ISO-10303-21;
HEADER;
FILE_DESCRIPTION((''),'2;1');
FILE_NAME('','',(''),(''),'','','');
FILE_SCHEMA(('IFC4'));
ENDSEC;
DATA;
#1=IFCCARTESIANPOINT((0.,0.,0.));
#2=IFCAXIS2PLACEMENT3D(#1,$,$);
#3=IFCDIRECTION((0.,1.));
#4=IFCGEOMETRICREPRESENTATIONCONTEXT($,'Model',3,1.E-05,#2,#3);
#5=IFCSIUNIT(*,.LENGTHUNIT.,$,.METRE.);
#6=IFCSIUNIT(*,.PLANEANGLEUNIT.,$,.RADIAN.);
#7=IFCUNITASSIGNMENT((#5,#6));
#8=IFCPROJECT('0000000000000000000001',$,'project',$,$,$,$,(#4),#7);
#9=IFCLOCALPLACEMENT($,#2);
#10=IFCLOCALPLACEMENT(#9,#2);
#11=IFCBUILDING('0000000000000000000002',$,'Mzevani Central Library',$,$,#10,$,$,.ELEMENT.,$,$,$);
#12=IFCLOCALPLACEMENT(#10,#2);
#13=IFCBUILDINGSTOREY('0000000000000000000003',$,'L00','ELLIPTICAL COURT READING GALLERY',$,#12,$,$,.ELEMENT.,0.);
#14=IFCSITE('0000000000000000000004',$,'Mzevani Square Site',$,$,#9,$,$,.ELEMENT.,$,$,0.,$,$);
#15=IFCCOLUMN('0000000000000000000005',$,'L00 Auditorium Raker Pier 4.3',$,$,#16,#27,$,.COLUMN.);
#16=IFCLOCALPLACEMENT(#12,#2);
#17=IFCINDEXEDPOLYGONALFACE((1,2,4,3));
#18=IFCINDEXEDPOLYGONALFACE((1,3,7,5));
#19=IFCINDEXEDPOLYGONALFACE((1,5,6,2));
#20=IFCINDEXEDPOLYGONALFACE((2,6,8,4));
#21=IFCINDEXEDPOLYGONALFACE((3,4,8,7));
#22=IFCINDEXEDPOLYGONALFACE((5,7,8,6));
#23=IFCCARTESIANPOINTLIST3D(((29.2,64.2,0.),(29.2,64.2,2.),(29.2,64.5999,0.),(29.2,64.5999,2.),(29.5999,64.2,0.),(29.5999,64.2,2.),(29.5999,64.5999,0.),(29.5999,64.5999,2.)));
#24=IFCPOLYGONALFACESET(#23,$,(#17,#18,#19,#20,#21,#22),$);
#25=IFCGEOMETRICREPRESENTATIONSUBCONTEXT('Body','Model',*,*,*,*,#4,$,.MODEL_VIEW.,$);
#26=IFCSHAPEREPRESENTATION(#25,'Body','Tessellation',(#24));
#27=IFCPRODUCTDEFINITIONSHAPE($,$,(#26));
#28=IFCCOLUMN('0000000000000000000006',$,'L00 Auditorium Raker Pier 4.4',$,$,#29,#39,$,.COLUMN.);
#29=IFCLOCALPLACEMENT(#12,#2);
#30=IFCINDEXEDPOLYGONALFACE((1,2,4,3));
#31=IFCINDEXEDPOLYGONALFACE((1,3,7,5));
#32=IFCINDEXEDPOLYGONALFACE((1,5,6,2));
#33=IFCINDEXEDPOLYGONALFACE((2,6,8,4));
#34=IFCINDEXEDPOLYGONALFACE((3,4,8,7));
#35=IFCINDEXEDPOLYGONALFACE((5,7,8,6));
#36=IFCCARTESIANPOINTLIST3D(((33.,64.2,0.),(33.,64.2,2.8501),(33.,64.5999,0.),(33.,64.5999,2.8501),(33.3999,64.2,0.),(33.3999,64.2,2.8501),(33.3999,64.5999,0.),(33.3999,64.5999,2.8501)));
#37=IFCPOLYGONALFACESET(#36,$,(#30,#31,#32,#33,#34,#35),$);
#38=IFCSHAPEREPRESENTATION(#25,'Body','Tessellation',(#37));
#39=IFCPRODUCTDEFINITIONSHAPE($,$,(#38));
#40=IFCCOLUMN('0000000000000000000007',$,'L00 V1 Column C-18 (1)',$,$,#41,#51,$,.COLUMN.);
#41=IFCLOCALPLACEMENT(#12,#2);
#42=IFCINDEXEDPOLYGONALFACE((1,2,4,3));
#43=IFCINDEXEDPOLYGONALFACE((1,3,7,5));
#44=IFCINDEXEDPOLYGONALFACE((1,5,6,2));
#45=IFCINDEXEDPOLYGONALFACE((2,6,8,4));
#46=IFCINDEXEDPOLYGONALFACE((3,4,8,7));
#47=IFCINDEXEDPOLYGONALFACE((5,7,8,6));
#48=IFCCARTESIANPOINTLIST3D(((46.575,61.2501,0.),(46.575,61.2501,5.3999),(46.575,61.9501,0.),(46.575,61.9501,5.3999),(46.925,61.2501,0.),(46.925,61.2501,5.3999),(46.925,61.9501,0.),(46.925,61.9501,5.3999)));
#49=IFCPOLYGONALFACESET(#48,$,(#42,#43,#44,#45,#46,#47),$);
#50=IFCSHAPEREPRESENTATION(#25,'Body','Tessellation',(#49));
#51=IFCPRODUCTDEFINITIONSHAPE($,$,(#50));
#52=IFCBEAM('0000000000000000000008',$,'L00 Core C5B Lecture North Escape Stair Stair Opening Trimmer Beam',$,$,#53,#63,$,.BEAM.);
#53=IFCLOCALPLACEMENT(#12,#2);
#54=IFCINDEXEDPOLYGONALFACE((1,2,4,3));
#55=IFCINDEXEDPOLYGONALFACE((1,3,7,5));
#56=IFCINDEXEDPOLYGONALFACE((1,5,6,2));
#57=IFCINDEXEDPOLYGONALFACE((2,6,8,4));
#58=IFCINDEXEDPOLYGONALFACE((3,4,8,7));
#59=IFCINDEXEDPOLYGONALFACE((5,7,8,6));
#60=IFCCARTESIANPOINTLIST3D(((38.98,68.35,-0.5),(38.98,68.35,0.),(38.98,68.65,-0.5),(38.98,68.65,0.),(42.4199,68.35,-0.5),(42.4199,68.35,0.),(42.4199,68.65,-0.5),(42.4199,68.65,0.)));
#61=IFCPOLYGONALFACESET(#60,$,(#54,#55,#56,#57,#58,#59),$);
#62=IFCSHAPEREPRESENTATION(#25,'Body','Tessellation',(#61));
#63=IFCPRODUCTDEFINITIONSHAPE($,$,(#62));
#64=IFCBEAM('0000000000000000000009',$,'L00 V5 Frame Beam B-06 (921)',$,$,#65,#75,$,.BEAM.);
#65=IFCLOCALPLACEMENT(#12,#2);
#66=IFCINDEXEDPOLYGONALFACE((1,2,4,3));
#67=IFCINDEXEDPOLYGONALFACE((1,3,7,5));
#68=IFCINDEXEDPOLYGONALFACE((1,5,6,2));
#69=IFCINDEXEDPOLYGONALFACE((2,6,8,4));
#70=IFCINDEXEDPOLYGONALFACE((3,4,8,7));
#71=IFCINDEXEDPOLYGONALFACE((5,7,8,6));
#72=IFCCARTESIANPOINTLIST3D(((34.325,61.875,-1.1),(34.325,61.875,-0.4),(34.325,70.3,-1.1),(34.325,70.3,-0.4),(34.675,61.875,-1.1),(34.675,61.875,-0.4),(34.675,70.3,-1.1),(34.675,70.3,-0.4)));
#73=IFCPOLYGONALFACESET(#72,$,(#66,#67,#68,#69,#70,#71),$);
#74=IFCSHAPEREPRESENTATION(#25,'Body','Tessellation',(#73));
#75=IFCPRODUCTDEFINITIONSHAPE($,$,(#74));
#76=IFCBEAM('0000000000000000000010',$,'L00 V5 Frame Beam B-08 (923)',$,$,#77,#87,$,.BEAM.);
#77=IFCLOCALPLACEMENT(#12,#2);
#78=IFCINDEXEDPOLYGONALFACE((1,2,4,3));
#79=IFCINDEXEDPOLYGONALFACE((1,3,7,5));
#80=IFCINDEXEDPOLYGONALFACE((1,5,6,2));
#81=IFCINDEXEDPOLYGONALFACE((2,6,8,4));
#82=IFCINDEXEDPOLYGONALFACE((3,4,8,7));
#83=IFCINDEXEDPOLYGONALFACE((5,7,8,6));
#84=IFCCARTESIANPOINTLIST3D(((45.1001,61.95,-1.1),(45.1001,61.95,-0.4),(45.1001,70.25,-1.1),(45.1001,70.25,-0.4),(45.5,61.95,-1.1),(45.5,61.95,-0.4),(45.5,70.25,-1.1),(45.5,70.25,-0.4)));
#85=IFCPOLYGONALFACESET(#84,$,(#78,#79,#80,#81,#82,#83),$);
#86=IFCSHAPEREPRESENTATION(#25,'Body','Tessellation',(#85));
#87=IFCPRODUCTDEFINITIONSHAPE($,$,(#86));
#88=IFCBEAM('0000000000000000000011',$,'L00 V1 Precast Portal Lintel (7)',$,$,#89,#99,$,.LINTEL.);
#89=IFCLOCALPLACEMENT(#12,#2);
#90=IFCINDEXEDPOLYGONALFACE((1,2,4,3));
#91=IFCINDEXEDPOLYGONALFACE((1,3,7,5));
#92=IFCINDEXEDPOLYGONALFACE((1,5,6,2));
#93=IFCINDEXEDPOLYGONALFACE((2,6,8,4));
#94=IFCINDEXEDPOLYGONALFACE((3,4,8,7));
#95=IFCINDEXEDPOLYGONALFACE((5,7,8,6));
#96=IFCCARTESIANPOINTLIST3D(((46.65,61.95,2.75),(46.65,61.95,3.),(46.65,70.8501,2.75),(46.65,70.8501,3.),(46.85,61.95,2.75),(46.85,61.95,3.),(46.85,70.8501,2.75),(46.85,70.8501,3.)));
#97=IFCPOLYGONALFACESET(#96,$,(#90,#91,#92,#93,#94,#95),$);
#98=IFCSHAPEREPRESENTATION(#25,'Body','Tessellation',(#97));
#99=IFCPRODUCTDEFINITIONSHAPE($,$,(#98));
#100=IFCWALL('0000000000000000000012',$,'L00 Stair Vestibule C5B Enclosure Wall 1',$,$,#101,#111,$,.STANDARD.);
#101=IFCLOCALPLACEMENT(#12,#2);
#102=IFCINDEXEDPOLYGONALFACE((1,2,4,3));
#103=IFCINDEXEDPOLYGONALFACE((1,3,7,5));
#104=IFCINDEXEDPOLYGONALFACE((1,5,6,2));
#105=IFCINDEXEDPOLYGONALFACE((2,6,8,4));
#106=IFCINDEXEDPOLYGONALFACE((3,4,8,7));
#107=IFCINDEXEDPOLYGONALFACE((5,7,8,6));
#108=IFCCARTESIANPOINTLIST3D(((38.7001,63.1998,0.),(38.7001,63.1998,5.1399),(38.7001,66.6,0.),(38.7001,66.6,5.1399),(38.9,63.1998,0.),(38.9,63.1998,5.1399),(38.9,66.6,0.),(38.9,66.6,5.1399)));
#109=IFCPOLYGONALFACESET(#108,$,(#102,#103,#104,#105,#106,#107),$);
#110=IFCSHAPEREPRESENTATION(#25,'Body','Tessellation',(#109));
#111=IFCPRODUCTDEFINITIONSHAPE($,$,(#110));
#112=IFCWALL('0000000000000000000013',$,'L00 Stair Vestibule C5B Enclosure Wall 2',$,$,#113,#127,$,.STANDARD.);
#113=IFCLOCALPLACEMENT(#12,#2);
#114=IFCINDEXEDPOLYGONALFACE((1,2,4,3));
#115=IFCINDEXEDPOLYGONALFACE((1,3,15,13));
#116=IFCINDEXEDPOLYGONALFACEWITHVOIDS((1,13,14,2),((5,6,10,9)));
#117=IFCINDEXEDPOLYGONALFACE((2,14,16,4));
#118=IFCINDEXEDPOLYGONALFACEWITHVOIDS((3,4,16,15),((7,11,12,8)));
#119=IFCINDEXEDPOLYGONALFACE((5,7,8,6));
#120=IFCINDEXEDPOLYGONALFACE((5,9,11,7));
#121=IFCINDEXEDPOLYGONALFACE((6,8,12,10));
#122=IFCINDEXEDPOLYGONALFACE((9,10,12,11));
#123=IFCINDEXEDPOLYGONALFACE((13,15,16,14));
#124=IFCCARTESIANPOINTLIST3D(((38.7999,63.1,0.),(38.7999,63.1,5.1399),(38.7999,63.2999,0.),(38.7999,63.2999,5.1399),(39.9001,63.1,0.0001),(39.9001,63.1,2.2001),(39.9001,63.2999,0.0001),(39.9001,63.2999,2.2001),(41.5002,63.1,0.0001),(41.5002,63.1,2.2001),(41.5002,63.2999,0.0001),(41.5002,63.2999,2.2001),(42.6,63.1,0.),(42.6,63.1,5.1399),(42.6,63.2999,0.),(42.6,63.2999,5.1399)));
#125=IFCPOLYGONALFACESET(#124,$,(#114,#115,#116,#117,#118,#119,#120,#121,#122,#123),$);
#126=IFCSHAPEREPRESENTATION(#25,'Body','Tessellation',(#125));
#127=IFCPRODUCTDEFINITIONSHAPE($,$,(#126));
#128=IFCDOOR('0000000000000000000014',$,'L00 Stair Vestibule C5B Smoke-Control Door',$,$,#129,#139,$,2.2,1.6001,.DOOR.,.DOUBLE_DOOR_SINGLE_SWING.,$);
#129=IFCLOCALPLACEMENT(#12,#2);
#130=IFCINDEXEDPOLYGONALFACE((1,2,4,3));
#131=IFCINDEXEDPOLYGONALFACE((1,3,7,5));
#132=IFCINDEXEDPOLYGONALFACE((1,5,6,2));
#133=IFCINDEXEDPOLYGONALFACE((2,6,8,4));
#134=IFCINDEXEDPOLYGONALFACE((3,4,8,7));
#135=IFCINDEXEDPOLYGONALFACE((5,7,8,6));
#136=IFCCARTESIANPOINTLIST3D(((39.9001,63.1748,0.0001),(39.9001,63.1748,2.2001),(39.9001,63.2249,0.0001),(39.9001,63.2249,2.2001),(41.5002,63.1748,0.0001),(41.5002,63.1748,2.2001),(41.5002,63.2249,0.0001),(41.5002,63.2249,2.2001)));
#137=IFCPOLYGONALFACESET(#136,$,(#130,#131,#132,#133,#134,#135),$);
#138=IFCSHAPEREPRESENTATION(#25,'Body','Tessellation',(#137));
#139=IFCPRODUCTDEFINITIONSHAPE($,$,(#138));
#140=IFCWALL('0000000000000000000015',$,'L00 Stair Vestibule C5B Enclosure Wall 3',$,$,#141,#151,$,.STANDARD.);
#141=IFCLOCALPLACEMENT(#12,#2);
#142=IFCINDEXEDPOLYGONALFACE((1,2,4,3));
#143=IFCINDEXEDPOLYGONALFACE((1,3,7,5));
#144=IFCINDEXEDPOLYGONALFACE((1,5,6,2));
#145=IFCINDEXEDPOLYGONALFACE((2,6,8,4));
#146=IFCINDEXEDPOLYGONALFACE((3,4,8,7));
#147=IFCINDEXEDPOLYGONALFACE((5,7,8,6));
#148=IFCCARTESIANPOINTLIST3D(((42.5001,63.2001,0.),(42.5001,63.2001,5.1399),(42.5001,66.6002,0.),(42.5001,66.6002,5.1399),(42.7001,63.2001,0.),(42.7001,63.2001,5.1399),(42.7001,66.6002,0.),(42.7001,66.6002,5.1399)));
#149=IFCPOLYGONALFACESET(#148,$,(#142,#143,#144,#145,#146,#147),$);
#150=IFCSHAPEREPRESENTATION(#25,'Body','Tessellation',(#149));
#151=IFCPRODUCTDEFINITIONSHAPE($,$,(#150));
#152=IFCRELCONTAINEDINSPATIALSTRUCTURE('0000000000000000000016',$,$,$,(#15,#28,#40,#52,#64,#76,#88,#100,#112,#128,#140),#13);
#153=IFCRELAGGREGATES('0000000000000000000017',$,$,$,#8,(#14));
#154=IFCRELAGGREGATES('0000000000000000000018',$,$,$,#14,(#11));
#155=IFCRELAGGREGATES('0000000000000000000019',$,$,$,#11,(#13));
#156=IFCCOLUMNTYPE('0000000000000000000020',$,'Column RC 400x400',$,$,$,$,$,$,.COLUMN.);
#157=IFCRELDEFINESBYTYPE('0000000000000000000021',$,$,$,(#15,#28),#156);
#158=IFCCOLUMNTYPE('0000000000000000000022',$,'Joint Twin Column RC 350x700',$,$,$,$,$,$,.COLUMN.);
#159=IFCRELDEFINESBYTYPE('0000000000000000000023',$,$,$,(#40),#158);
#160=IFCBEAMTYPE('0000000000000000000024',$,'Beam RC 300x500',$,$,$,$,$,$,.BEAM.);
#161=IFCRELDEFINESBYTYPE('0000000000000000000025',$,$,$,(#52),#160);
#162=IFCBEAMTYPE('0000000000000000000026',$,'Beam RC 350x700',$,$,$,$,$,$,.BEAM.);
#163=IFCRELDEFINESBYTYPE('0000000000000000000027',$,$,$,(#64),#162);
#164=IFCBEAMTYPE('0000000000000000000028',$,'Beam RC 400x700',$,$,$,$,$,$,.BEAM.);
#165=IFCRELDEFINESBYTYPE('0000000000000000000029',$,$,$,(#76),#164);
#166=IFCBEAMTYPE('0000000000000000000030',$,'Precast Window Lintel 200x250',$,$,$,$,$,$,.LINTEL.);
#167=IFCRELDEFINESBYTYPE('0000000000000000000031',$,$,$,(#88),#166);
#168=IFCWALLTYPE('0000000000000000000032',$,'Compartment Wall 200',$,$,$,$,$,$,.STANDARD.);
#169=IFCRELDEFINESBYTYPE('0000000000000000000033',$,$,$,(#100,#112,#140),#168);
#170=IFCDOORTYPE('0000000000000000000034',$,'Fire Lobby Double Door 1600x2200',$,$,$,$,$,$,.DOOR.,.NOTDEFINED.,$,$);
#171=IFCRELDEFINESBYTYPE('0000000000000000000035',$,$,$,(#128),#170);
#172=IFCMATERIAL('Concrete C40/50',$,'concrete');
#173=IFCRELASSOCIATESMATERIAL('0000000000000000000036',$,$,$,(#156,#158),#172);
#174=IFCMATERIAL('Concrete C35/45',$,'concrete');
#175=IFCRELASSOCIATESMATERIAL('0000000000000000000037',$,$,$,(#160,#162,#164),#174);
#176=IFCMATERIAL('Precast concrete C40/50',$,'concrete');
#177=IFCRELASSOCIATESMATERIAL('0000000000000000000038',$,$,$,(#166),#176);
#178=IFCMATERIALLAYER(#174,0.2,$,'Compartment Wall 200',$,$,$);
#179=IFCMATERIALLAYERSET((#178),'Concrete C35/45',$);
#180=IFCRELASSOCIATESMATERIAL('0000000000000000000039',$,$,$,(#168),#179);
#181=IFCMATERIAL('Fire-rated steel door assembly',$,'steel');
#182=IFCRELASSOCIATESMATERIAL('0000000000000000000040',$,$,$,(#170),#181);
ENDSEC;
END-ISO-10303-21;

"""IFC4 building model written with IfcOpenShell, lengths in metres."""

from ifc_helpers import new_model, si_unit, direction, frame, frame_2d, origin, origin_2d, place, context, subcontext, project, spatial, rectangle, extrude, material, layer, layer_set, material_profile, profile_set, type_object, element, fill, save


model = new_model("IFC4")

# Units and contexts
model_context = context("Model", 3, precision=1e-05, world=origin(), true_north=direction((0.0, 1.0)))
body_context = subcontext(model_context, "Body", "Model", "MODEL_VIEW")
ifc_project = project(units=[si_unit("LENGTHUNIT", "METRE"), si_unit("PLANEANGLEUNIT", "RADIAN")], contexts=[model_context])

# Site, building, storey
site_placement = place(None, origin())
site = spatial("IfcSite", under=ifc_project, at=site_placement, Name="Mzevani Square Site", CompositionType="ELEMENT", RefElevation=0.0)
building_placement = place(site_placement, origin())
building = spatial("IfcBuilding", under=site, at=building_placement, Name="Mzevani Central Library", CompositionType="ELEMENT")
storey_placement = place(building_placement, origin())
storey = spatial("IfcBuildingStorey", under=building, at=storey_placement, Name="L00", Description="ELLIPTICAL COURT READING GALLERY", CompositionType="ELEMENT", Elevation=0.0)

# Columns
ifc_material_1 = material(Name="Concrete C40/50", Category="concrete")
ifc_material_profile_1 = material_profile(ifc_material_1, rectangle(XDim=0.3999, YDim=0.3999, at=origin_2d()), Name="RC 400x400")
ifc_profile_set_1 = profile_set([ifc_material_profile_1], Name="Concrete C40/50")
column_type_1 = type_object("IfcColumnType", Name="Column RC 400x400", PredefinedType="COLUMN", material=ifc_profile_set_1)
column_1_placement = place(storey_placement, frame((29.3999, 64.3999, 0.0), z_axis=(0.0, 0.0, 1.0), x_axis=(1.0, 0.0, 0.0)))
element("IfcColumn", 1, at=column_1_placement, inside=storey, type_object=column_type_1, Name="L00 Auditorium Raker Pier 4.3", PredefinedType="COLUMN", context=body_context, shape_type="SweptSolid", body=[
    extrude(rectangle(XDim=0.3999, YDim=0.3999, at=origin_2d()), origin(), (0.0, 0.0, 1.0), 2.0),
])
column_2_placement = place(storey_placement, frame((33.2, 64.3999, 0.0), z_axis=(0.0, 0.0, 1.0), x_axis=(1.0, 0.0, 0.0)))
element("IfcColumn", 2, at=column_2_placement, inside=storey, type_object=column_type_1, Name="L00 Auditorium Raker Pier 4.4", PredefinedType="COLUMN", context=body_context, shape_type="SweptSolid", body=[
    extrude(rectangle(XDim=0.3999, YDim=0.3999, at=origin_2d()), origin(), (0.0, 0.0, 1.0), 2.8501),
])
ifc_material_profile_2 = material_profile(ifc_material_1, rectangle(XDim=0.3501, YDim=0.7, at=origin_2d()), Name="RC 350x700")
ifc_profile_set_2 = profile_set([ifc_material_profile_2], Name="Concrete C40/50")
column_type_2 = type_object("IfcColumnType", Name="Joint Twin Column RC 350x700", PredefinedType="COLUMN", material=ifc_profile_set_2)
column_3_placement = place(storey_placement, frame((46.75, 61.6001, 0.0), z_axis=(0.0, 0.0, 1.0), x_axis=(1.0, 0.0, 0.0)))
element("IfcColumn", 3, at=column_3_placement, inside=storey, type_object=column_type_2, Name="L00 V1 Column C-18 (1)", PredefinedType="COLUMN", context=body_context, shape_type="SweptSolid", body=[
    extrude(rectangle(XDim=0.3501, YDim=0.7, at=origin_2d()), origin(), (0.0, 0.0, 1.0), 5.3999),
])

# Beams
ifc_material_2 = material(Name="Concrete C35/45", Category="concrete")
ifc_material_profile_3 = material_profile(ifc_material_2, rectangle(XDim=0.3, YDim=0.5, at=origin_2d()), Name="RC B300x500")
ifc_profile_set_3 = profile_set([ifc_material_profile_3], Name="Concrete C35/45")
beam_type_1 = type_object("IfcBeamType", Name="Beam RC 300x500", PredefinedType="BEAM", material=ifc_profile_set_3)
beam_1_placement = place(storey_placement, frame((38.98, 68.5, -0.25), z_axis=(1.0, 0.0, 0.0), x_axis=(0.0, 1.0, 0.0)))
element("IfcBeam", 4, at=beam_1_placement, inside=storey, type_object=beam_type_1, Name="L00 Core C5B Lecture North Escape Stair Stair Opening Trimmer Beam", PredefinedType="BEAM", context=body_context, shape_type="SweptSolid", body=[
    extrude(rectangle(XDim=0.3, YDim=0.5, at=origin_2d()), origin(), (0.0, 0.0, 1.0), 3.4399),
])
ifc_material_profile_4 = material_profile(ifc_material_2, rectangle(XDim=0.3501, YDim=0.7, at=origin_2d()), Name="RC B350x700")
ifc_profile_set_4 = profile_set([ifc_material_profile_4], Name="Concrete C35/45")
beam_type_2 = type_object("IfcBeamType", Name="Beam RC 350x700", PredefinedType="BEAM", material=ifc_profile_set_4)
beam_2_placement = place(storey_placement, frame((34.5, 61.875, -0.75), z_axis=(0.0, 1.0, 0.0), x_axis=(-1.0, 0.0, 0.0)))
element("IfcBeam", 5, at=beam_2_placement, inside=storey, type_object=beam_type_2, Name="L00 V5 Frame Beam B-06 (921)", PredefinedType="BEAM", context=body_context, shape_type="SweptSolid", body=[
    extrude(rectangle(XDim=0.3501, YDim=0.7, at=origin_2d()), origin(), (0.0, 0.0, 1.0), 8.425),
])
ifc_material_profile_5 = material_profile(ifc_material_2, rectangle(XDim=0.3999, YDim=0.7, at=origin_2d()), Name="RC B400x700")
ifc_profile_set_5 = profile_set([ifc_material_profile_5], Name="Concrete C35/45")
beam_type_3 = type_object("IfcBeamType", Name="Beam RC 400x700", PredefinedType="BEAM", material=ifc_profile_set_5)
beam_3_placement = place(storey_placement, frame((45.3, 61.95, -0.75), z_axis=(0.0, 1.0, 0.0), x_axis=(-1.0, 0.0, 0.0)))
element("IfcBeam", 6, at=beam_3_placement, inside=storey, type_object=beam_type_3, Name="L00 V5 Frame Beam B-08 (923)", PredefinedType="BEAM", context=body_context, shape_type="SweptSolid", body=[
    extrude(rectangle(XDim=0.3999, YDim=0.7, at=origin_2d()), origin(), (0.0, 0.0, 1.0), 8.3),
])
ifc_material_3 = material(Name="Precast concrete C40/50", Category="concrete")
ifc_material_profile_6 = material_profile(ifc_material_3, rectangle(XDim=0.2, YDim=0.25, at=origin_2d()), Name="PC LN200x250")
ifc_profile_set_6 = profile_set([ifc_material_profile_6], Name="Precast concrete C40/50")
beam_type_4 = type_object("IfcBeamType", Name="Precast Window Lintel 200x250", PredefinedType="LINTEL", material=ifc_profile_set_6)
beam_4_placement = place(storey_placement, frame((46.75, 61.95, 2.875), z_axis=(0.0, 1.0, 0.0), x_axis=(-1.0, 0.0, 0.0)))
element("IfcBeam", 7, at=beam_4_placement, inside=storey, type_object=beam_type_4, Name="L00 V1 Precast Portal Lintel (7)", PredefinedType="LINTEL", context=body_context, shape_type="SweptSolid", body=[
    extrude(rectangle(XDim=0.2, YDim=0.25, at=origin_2d()), origin(), (0.0, 0.0, 1.0), 8.9001),
])

# Wall
ifc_layer_1 = layer(ifc_material_2, 0.2, Name="Compartment Wall 200")
ifc_layer_set_1 = layer_set([ifc_layer_1], Name="Concrete C35/45")
wall_type_1 = type_object("IfcWallType", Name="Compartment Wall 200", PredefinedType="STANDARD", material=ifc_layer_set_1)
wall_1_placement = place(storey_placement, frame((38.8, 66.6001, 0.0), z_axis=(0.0, 0.0, 1.0), x_axis=(0.0, -1.0, 0.0)))
element("IfcWall", 8, at=wall_1_placement, inside=storey, type_object=wall_type_1, Name="L00 Stair Vestibule C5B Enclosure Wall 1", PredefinedType="STANDARD", context=body_context, shape_type="SweptSolid", body=[
    extrude(rectangle(XDim=3.4001, YDim=0.2, at=frame_2d((1.7002, 0.0))), origin(), (0.0, 0.0, 1.0), 5.1399),
])

# Wall, opening, door
wall_2_placement = place(storey_placement, frame((38.8, 63.2, 0.0), z_axis=(0.0, 0.0, 1.0), x_axis=(1.0, 0.0, 0.0)))
wall_2 = element("IfcWall", 9, at=wall_2_placement, inside=storey, type_object=wall_type_1, Name="L00 Stair Vestibule C5B Enclosure Wall 2", PredefinedType="STANDARD", context=body_context, shape_type="SweptSolid", body=[
    extrude(rectangle(XDim=3.8, YDim=0.2, at=frame_2d((1.8999, 0.0))), origin(), (0.0, 0.0, 1.0), 5.1399),
])
opening_1_placement = place(wall_2_placement, frame((1.1001, 0.0, 0.0)))
opening_1 = element("IfcOpeningElement", 10, at=opening_1_placement, cuts=wall_2, PredefinedType="OPENING", context=body_context, shape_type="SweptSolid", body=[
    extrude(rectangle(XDim=1.6001, YDim=2.2, at=frame_2d((0.8, 1.1001))), frame((0.0, 0.1099, 0.0), z_axis=(0.0, -1.0, 0.0), x_axis=(1.0, 0.0, 0.0)), (0.0, 0.0, 1.0), 0.22),
])
ifc_material_4 = material(Name="Fire-rated steel door assembly", Category="steel")
door_type_1 = type_object("IfcDoorType", Name="Fire Lobby Double Door 1600x2200", OperationType="NOTDEFINED", PredefinedType="DOOR", material=ifc_material_4)
door_1_placement = place(opening_1_placement, origin())
door_1 = element("IfcDoor", 11, at=door_1_placement, inside=storey, type_object=door_type_1, Name="L00 Stair Vestibule C5B Smoke-Control Door", OperationType="DOUBLE_DOOR_SINGLE_SWING", OverallHeight=2.2, OverallWidth=1.6001, PredefinedType="DOOR", context=body_context, shape_type="SweptSolid", body=[
    extrude(rectangle(XDim=1.6001, YDim=2.2, at=frame_2d((0.8, 1.1001))), frame((0.0, 0.0249, 0.0), z_axis=(0.0, -1.0, 0.0), x_axis=(1.0, 0.0, 0.0)), (0.0, 0.0, 1.0), 0.05),
])
fill(opening_1, door_1)

# Wall
wall_3_placement = place(storey_placement, frame((42.6001, 63.2, 0.0), z_axis=(0.0, 0.0, 1.0), x_axis=(0.0, 1.0, 0.0)))
element("IfcWall", 12, at=wall_3_placement, inside=storey, type_object=wall_type_1, Name="L00 Stair Vestibule C5B Enclosure Wall 3", PredefinedType="STANDARD", context=body_context, shape_type="SweptSolid", body=[
    extrude(rectangle(XDim=3.4001, YDim=0.2, at=frame_2d((1.7002, 0.0))), origin(), (0.0, 0.0, 1.0), 5.1399),
])

save(model, "model.ifc")
